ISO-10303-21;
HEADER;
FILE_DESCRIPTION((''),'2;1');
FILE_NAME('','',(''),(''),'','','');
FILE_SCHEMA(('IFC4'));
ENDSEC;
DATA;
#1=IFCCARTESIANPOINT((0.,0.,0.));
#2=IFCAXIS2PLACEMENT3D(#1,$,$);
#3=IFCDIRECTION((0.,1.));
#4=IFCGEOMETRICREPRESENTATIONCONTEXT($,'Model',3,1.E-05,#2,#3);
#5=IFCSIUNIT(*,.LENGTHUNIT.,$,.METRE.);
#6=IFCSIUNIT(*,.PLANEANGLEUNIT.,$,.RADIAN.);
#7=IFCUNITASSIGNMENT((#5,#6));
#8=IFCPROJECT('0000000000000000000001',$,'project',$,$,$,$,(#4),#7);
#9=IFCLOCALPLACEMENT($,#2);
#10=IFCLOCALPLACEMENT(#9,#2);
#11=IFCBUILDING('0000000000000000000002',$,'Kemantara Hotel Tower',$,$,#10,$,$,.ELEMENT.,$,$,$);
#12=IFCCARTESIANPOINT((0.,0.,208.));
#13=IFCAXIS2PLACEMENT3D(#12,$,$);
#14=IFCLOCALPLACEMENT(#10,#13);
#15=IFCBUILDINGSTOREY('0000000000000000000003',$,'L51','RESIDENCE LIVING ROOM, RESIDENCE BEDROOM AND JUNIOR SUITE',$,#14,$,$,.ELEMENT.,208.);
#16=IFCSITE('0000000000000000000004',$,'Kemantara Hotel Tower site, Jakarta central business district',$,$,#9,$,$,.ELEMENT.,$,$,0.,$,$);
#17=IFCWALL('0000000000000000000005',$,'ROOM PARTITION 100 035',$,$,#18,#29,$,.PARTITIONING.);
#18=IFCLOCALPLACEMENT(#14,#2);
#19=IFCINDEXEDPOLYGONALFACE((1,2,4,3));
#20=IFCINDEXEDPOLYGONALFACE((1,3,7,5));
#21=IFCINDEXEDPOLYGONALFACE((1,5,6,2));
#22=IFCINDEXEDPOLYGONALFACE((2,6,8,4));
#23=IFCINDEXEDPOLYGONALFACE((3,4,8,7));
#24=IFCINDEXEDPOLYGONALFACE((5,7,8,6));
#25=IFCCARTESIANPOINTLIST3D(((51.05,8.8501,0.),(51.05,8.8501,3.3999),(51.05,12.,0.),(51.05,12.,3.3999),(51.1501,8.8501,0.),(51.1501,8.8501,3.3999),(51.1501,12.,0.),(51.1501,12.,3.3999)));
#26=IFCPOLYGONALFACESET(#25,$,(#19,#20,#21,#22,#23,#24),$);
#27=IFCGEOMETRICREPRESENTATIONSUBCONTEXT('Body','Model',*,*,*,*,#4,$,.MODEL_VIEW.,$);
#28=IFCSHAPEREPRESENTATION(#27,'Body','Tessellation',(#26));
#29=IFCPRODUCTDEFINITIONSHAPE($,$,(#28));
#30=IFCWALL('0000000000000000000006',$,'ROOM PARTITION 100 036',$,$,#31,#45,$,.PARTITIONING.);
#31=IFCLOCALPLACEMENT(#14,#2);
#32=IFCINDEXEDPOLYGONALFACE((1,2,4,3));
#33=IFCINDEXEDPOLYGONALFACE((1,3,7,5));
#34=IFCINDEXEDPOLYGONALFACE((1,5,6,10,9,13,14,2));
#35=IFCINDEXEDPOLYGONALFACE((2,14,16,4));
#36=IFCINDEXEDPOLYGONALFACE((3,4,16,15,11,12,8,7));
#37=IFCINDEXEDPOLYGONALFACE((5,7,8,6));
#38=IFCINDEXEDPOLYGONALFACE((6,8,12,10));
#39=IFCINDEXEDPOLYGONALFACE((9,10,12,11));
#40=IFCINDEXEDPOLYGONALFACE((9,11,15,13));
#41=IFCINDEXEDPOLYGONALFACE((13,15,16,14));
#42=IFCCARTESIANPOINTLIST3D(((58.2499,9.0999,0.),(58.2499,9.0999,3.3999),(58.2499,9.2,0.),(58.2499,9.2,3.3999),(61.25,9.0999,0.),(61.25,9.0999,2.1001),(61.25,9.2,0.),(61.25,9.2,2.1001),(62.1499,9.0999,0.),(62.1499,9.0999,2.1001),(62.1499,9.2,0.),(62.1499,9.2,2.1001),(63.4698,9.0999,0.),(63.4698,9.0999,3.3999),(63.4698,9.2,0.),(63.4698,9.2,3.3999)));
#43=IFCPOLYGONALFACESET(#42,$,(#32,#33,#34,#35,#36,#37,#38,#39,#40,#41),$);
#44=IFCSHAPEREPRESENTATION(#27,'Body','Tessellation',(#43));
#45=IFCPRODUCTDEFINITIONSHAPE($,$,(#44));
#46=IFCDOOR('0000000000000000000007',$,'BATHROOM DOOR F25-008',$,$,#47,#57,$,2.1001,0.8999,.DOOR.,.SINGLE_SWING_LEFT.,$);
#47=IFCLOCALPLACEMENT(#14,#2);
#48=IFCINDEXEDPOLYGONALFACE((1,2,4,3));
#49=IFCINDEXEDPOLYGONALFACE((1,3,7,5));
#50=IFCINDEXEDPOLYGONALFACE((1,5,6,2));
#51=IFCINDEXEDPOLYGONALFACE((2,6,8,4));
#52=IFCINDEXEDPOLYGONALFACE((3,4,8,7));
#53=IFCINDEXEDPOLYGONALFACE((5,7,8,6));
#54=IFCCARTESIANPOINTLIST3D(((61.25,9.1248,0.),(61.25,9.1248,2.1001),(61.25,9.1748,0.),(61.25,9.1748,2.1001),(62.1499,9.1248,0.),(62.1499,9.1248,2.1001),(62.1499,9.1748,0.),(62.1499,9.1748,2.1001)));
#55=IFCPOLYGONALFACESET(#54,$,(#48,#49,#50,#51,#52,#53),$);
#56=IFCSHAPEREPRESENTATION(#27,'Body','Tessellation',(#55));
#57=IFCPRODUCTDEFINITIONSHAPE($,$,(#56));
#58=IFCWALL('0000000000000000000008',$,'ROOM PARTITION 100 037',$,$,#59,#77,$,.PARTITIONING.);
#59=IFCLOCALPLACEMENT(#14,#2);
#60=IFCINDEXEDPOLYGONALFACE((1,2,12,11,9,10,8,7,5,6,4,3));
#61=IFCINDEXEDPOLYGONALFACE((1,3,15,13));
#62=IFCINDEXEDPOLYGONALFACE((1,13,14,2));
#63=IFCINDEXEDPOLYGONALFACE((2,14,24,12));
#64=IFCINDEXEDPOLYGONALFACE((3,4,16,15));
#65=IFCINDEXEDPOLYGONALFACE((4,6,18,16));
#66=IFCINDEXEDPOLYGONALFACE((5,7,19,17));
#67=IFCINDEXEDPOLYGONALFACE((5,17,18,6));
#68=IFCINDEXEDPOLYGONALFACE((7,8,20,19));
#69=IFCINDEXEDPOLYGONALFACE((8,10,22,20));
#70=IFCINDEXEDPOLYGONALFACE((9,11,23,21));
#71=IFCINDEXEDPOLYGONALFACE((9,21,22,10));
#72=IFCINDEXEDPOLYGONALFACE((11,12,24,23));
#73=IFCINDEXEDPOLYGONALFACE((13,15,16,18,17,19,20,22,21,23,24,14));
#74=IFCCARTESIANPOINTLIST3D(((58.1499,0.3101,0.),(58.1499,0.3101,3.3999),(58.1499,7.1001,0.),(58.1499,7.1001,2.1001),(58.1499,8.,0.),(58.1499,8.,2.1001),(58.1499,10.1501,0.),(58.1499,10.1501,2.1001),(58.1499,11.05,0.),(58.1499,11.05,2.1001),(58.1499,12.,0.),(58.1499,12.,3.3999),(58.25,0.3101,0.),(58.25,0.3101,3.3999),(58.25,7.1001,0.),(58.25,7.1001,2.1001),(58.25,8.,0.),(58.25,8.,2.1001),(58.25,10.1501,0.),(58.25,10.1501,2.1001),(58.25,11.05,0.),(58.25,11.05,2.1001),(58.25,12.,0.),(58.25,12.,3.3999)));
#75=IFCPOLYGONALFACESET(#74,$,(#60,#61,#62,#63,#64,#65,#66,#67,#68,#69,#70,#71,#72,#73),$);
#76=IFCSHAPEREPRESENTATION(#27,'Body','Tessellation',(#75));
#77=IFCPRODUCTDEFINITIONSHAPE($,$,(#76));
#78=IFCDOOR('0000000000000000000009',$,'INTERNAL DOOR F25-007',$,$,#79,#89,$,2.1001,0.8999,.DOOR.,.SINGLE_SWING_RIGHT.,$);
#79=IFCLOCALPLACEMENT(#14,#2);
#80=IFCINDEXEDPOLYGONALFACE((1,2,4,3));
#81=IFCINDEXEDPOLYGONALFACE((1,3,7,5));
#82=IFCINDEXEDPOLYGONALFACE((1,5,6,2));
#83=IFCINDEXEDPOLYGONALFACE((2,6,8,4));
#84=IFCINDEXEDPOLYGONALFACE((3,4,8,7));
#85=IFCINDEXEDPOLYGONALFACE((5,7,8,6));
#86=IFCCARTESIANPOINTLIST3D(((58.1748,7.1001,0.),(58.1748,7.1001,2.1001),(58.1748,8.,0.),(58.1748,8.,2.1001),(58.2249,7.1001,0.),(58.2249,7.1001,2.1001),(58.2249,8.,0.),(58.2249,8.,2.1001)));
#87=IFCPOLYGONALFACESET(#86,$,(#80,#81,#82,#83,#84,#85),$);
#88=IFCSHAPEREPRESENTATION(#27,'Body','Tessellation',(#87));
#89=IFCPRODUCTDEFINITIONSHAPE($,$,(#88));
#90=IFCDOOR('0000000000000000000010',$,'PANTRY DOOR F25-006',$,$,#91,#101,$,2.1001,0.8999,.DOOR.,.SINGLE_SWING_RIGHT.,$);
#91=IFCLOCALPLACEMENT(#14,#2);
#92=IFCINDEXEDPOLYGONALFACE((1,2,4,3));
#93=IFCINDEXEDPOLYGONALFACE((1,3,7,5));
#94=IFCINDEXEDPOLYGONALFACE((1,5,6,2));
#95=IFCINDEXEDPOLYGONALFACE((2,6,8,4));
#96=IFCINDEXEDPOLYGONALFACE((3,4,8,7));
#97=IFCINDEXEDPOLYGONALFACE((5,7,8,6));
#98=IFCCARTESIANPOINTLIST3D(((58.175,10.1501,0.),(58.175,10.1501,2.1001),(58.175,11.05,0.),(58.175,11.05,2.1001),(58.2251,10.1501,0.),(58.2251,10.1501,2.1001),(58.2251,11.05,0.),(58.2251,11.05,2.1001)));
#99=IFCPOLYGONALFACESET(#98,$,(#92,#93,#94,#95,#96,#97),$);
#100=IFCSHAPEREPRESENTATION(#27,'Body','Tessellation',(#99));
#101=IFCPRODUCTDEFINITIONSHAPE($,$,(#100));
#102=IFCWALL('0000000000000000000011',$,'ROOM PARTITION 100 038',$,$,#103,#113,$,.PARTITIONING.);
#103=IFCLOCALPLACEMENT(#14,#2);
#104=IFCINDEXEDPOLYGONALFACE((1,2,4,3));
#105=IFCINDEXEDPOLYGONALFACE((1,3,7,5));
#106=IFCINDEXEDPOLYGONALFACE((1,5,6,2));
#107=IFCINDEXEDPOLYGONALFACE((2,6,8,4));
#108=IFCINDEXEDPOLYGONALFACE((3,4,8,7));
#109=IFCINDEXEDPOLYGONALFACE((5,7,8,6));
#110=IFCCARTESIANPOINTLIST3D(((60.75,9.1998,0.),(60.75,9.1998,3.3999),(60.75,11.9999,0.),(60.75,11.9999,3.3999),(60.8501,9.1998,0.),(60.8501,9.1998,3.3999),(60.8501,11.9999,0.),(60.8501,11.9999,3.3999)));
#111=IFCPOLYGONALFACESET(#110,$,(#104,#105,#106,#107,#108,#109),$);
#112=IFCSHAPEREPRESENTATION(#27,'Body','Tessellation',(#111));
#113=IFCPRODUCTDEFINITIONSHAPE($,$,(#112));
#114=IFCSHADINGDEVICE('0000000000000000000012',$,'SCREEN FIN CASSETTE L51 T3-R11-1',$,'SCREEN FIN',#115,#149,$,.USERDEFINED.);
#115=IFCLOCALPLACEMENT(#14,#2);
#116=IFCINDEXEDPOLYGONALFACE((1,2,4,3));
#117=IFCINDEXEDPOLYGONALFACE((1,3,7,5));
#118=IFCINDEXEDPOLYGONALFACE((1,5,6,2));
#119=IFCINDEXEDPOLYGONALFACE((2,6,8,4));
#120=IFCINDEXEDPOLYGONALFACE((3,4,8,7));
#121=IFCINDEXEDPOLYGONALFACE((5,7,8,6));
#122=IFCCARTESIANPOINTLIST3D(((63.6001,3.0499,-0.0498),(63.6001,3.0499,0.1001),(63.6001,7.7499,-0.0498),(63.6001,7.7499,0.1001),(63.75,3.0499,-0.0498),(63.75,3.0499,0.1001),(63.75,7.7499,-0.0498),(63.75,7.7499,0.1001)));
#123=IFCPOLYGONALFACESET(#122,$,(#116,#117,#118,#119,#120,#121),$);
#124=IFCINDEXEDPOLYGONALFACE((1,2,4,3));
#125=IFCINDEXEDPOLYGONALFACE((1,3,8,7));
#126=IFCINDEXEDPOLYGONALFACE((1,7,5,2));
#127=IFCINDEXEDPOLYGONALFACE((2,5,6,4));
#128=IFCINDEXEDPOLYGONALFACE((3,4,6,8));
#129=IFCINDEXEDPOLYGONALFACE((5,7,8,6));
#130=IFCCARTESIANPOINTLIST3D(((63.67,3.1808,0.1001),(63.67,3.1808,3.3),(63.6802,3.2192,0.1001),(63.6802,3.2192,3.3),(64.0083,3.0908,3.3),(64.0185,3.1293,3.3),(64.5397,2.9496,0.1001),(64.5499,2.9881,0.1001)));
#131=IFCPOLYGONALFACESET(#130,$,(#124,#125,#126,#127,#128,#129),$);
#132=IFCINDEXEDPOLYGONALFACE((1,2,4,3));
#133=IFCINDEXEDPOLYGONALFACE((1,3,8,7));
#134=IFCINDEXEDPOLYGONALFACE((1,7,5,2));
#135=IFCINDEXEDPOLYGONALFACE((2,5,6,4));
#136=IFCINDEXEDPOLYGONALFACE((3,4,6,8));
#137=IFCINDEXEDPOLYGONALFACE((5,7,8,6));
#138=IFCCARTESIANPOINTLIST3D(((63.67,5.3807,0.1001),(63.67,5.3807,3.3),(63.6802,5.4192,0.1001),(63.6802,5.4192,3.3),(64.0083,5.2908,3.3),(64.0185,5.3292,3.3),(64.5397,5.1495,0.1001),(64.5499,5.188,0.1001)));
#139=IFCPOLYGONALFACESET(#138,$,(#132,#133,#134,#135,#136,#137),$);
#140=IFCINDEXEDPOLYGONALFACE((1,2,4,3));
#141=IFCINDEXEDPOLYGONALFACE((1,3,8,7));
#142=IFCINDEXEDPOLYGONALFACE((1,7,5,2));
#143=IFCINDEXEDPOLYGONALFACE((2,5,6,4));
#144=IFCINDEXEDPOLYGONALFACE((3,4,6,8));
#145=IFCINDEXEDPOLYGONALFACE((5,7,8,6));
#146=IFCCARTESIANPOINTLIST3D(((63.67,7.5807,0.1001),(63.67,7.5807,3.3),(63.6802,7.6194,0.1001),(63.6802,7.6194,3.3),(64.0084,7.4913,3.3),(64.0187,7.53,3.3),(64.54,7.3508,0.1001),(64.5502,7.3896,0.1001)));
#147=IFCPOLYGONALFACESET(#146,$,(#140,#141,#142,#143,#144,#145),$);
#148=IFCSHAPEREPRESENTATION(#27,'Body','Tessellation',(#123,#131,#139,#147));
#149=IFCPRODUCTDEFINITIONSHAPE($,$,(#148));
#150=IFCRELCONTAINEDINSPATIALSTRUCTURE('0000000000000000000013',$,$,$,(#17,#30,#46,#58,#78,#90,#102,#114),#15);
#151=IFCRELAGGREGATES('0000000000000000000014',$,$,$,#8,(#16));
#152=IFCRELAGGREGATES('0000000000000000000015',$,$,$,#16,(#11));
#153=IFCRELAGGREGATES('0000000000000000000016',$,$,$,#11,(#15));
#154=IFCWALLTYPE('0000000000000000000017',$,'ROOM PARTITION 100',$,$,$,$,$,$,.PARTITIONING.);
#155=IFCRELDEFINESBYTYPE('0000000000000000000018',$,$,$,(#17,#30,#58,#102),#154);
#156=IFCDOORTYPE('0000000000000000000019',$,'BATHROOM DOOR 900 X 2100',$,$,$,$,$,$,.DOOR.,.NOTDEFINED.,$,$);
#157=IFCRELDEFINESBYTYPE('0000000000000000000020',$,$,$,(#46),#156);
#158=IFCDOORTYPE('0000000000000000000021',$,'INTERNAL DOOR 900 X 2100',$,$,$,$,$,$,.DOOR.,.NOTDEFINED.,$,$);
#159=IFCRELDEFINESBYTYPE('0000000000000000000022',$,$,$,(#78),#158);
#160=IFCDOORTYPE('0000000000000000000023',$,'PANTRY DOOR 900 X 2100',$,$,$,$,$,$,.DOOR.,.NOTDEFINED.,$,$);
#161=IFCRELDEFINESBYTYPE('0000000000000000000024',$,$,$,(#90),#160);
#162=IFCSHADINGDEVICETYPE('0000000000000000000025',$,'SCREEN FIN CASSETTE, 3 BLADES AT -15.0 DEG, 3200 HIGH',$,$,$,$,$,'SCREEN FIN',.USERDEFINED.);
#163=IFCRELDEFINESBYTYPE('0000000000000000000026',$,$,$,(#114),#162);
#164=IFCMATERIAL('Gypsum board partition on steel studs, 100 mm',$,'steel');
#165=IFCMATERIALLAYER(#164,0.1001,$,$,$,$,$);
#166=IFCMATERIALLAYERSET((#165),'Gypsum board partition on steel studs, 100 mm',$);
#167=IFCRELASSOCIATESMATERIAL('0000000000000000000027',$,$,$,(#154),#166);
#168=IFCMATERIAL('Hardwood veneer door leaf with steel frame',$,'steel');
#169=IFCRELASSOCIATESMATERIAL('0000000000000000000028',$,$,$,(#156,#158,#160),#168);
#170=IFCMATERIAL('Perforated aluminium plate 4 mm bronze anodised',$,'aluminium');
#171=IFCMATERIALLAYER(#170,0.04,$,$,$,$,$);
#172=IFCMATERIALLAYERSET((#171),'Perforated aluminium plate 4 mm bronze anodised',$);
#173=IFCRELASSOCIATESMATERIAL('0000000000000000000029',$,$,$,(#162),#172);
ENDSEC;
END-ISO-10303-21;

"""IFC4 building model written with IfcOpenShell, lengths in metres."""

from ifc_helpers import new_model, si_unit, direction, frame, frame_2d, origin, origin_2d, place, context, subcontext, project, spatial, polyline, rectangle, outline, extrude, source, transform, mapped, material, layer, layer_set, type_object, element, fill, save


model = new_model("IFC4")

# Units and contexts
model_context = context("Model", 3, precision=1e-05, world=origin(), true_north=direction((0.0, 1.0)))
body_context = subcontext(model_context, "Body", "Model", "MODEL_VIEW")
ifc_project = project(units=[si_unit("LENGTHUNIT", "METRE"), si_unit("PLANEANGLEUNIT", "RADIAN")], contexts=[model_context])

# Site, building, storey
site_placement = place(None, origin())
site = spatial("IfcSite", under=ifc_project, at=site_placement, Name="Kemantara Hotel Tower site, Jakarta central business district", CompositionType="ELEMENT", RefElevation=0.0)
building_placement = place(site_placement, origin())
building = spatial("IfcBuilding", under=site, at=building_placement, Name="Kemantara Hotel Tower", CompositionType="ELEMENT")
storey_placement = place(building_placement, frame((0.0, 0.0, 208.0)))
storey = spatial("IfcBuildingStorey", under=building, at=storey_placement, Name="L51", Description="RESIDENCE LIVING ROOM, RESIDENCE BEDROOM AND JUNIOR SUITE", CompositionType="ELEMENT", Elevation=208.0)

# Wall
ifc_material_1 = material(Name="Gypsum board partition on steel studs, 100 mm", Category="steel")
ifc_layer_1 = layer(ifc_material_1, 0.1001)
ifc_layer_set_1 = layer_set([ifc_layer_1], Name="Gypsum board partition on steel studs, 100 mm")
wall_type_1 = type_object("IfcWallType", Name="ROOM PARTITION 100", PredefinedType="PARTITIONING", material=ifc_layer_set_1)
wall_1_placement = place(storey_placement, frame((51.1001, 8.8501, 0.0), z_axis=(0.0, 0.0, 1.0), x_axis=(0.0, 1.0, 0.0)))
element("IfcWall", 1, at=wall_1_placement, inside=storey, type_object=wall_type_1, Name="ROOM PARTITION 100 035", PredefinedType="PARTITIONING", context=body_context, shape_type="SweptSolid", body=[
    extrude(rectangle(XDim=3.1499, YDim=0.1001, at=frame_2d((1.575, 0.0))), origin(), (0.0, 0.0, 1.0), 3.3999),
])

# Wall, opening, door
wall_2_placement = place(storey_placement, frame((58.25, 9.1499, 0.0), z_axis=(0.0, 0.0, 1.0), x_axis=(1.0, 0.0, 0.0)))
wall_2 = element("IfcWall", 2, at=wall_2_placement, inside=storey, type_object=wall_type_1, Name="ROOM PARTITION 100 036", PredefinedType="PARTITIONING", context=body_context, shape_type="SweptSolid", body=[
    extrude(rectangle(XDim=5.22, YDim=0.1001, at=frame_2d((2.6099, 0.0))), origin(), (0.0, 0.0, 1.0), 3.3999),
])
opening_1_placement = place(wall_2_placement, frame((3.0, 0.0, 0.0)))
opening_1 = element("IfcOpeningElement", 3, at=opening_1_placement, cuts=wall_2, PredefinedType="OPENING", context=body_context, shape_type="SweptSolid", body=[
    extrude(rectangle(XDim=0.8999, YDim=2.1001, at=frame_2d((0.45, 1.05))), frame((0.0, 0.0601, 0.0), z_axis=(0.0, -1.0, 0.0), x_axis=(1.0, 0.0, 0.0)), (0.0, 0.0, 1.0), 0.1201),
])
ifc_material_2 = material(Name="Hardwood veneer door leaf with steel frame", Category="steel")
door_type_1 = type_object("IfcDoorType", Name="BATHROOM DOOR 900 X 2100", OperationType="NOTDEFINED", PredefinedType="DOOR", material=ifc_material_2)
door_1_placement = place(opening_1_placement, origin())
door_1 = element("IfcDoor", 4, at=door_1_placement, inside=storey, type_object=door_type_1, Name="BATHROOM DOOR F25-008", OperationType="SINGLE_SWING_LEFT", OverallHeight=2.1001, OverallWidth=0.8999, PredefinedType="DOOR", context=body_context, shape_type="SweptSolid", body=[
    extrude(rectangle(XDim=0.8999, YDim=2.1001, at=frame_2d((0.45, 1.05))), frame((0.0, 0.0249, 0.0), z_axis=(0.0, -1.0, 0.0), x_axis=(1.0, 0.0, 0.0)), (0.0, 0.0, 1.0), 0.05),
])
fill(opening_1, door_1)

# Wall, openings, doors
wall_3_placement = place(storey_placement, frame((58.2, 0.3101, 0.0), z_axis=(0.0, 0.0, 1.0), x_axis=(0.0, 1.0, 0.0)))
wall_3 = element("IfcWall", 5, at=wall_3_placement, inside=storey, type_object=wall_type_1, Name="ROOM PARTITION 100 037", PredefinedType="PARTITIONING", context=body_context, shape_type="SweptSolid", body=[
    extrude(rectangle(XDim=11.6899, YDim=0.1001, at=frame_2d((5.845, 0.0))), origin(), (0.0, 0.0, 1.0), 3.3999),
])
opening_2_placement = place(wall_3_placement, frame((9.8401, 0.0, 0.0)))
opening_2 = element("IfcOpeningElement", 6, at=opening_2_placement, cuts=wall_3, PredefinedType="OPENING", context=body_context, shape_type="SweptSolid", body=[
    extrude(rectangle(XDim=0.8999, YDim=2.1001, at=frame_2d((0.45, 1.05))), frame((0.0, 0.0601, 0.0), z_axis=(0.0, -1.0, 0.0), x_axis=(1.0, 0.0, 0.0)), (0.0, 0.0, 1.0), 0.1201),
])
opening_3_placement = place(wall_3_placement, frame((6.79, 0.0, 0.0)))
opening_3 = element("IfcOpeningElement", 7, at=opening_3_placement, cuts=wall_3, PredefinedType="OPENING", context=body_context, shape_type="SweptSolid", body=[
    extrude(rectangle(XDim=0.8999, YDim=2.1001, at=frame_2d((0.45, 1.05))), frame((0.0, 0.0601, 0.0), z_axis=(0.0, -1.0, 0.0), x_axis=(1.0, 0.0, 0.0)), (0.0, 0.0, 1.0), 0.1201),
])
door_type_2 = type_object("IfcDoorType", Name="INTERNAL DOOR 900 X 2100", OperationType="NOTDEFINED", PredefinedType="DOOR", material=ifc_material_2)
door_2_placement = place(opening_3_placement, frame((0.8999, 0.0, 0.0), z_axis=(0.0, 0.0, 1.0), x_axis=(-1.0, 0.0, 0.0)))
door_2 = element("IfcDoor", 8, at=door_2_placement, inside=storey, type_object=door_type_2, Name="INTERNAL DOOR F25-007", OperationType="SINGLE_SWING_RIGHT", OverallHeight=2.1001, OverallWidth=0.8999, PredefinedType="DOOR", context=body_context, shape_type="SweptSolid", body=[
    extrude(rectangle(XDim=0.8999, YDim=2.1001, at=frame_2d((0.45, 1.05))), frame((0.0, 0.0249, 0.0), z_axis=(0.0, -1.0, 0.0), x_axis=(1.0, 0.0, 0.0)), (0.0, 0.0, 1.0), 0.05),
])
fill(opening_3, door_2)
door_type_3 = type_object("IfcDoorType", Name="PANTRY DOOR 900 X 2100", OperationType="NOTDEFINED", PredefinedType="DOOR", material=ifc_material_2)
door_3_placement = place(opening_2_placement, origin())
door_3 = element("IfcDoor", 9, at=door_3_placement, inside=storey, type_object=door_type_3, Name="PANTRY DOOR F25-006", OperationType="SINGLE_SWING_RIGHT", OverallHeight=2.1001, OverallWidth=0.8999, PredefinedType="DOOR", context=body_context, shape_type="SweptSolid", body=[
    extrude(rectangle(XDim=0.8999, YDim=2.1001, at=frame_2d((0.45, 1.05))), frame((0.0, 0.0249, 0.0), z_axis=(0.0, -1.0, 0.0), x_axis=(1.0, 0.0, 0.0)), (0.0, 0.0, 1.0), 0.05),
])
fill(opening_2, door_3)

# Wall
wall_4_placement = place(storey_placement, frame((60.8, 9.2, 0.0), z_axis=(0.0, 0.0, 1.0), x_axis=(0.0, 1.0, 0.0)))
element("IfcWall", 10, at=wall_4_placement, inside=storey, type_object=wall_type_1, Name="ROOM PARTITION 100 038", PredefinedType="PARTITIONING", context=body_context, shape_type="SweptSolid", body=[
    extrude(rectangle(XDim=2.8, YDim=0.1001, at=frame_2d((1.3999, 0.0))), origin(), (0.0, 0.0, 1.0), 3.3999),
])

# Shading device
ifc_material_3 = material(Name="Perforated aluminium plate 4 mm bronze anodised", Category="aluminium")
ifc_layer_2 = layer(ifc_material_3, 0.04)
ifc_layer_set_2 = layer_set([ifc_layer_2], Name="Perforated aluminium plate 4 mm bronze anodised")
shading_device_type_1 = type_object("IfcShadingDeviceType", Name="SCREEN FIN CASSETTE, 3 BLADES AT -15.0 DEG, 3200 HIGH", ElementType="SCREEN FIN", PredefinedType="USERDEFINED", material=ifc_layer_set_2)
shared_shape_1 = source(origin(), body_context, "Body", "SweptSolid", [
    extrude(rectangle(XDim=4.7, YDim=0.1499, at=origin_2d()), frame((2.2, -0.075, -0.1499), z_axis=(0.0, 0.0, 1.0), x_axis=(1.0, 0.0, 0.0)), (0.0, 0.0, 1.0), 0.1499),
    extrude(outline(polyline([(0.0, 0.0), (0.8999, 0.0), (0.3501, 3.2), (0.0, 3.2), (0.0, 0.0)])), frame((0.0193, -0.0801, 0.0), z_axis=(-0.966438, 0.256901, 0.0), x_axis=(-0.256901, -0.966438, 0.0)), (0.0, 0.0, 1.0), 0.0398),
    extrude(outline(polyline([(0.0, 0.0), (0.8999, 0.0), (0.3501, 3.2), (0.0, 3.2), (0.0, 0.0)])), frame((2.2192, -0.0801, 0.0), z_axis=(-0.966438, 0.256901, 0.0), x_axis=(-0.256901, -0.966438, 0.0)), (0.0, 0.0, 1.0), 0.0398),
    extrude(outline(polyline([(0.0, 0.0), (0.8999, 0.0), (0.3501, 3.2), (0.0, 3.2), (0.0, 0.0)])), frame((4.4194, -0.0801, 0.0), z_axis=(-0.966838, 0.255391, 0.0), x_axis=(-0.255391, -0.966838, 0.0)), (0.0, 0.0, 1.0), 0.04),
])
shading_device_1_placement = place(storey_placement, frame((63.6001, 3.2, 0.1001), z_axis=(0.0, 0.0, 1.0), x_axis=(0.0, 1.0, 0.0)))
element("IfcShadingDevice", 11, at=shading_device_1_placement, inside=storey, type_object=shading_device_type_1, Name="SCREEN FIN CASSETTE L51 T3-R11-1", ObjectType="SCREEN FIN", PredefinedType="USERDEFINED", context=body_context, shape_type="MappedRepresentation", body=[
    mapped(shared_shape_1, transform((0.0, 0.0, 0.0))),
])

save(model, "model.ifc")
